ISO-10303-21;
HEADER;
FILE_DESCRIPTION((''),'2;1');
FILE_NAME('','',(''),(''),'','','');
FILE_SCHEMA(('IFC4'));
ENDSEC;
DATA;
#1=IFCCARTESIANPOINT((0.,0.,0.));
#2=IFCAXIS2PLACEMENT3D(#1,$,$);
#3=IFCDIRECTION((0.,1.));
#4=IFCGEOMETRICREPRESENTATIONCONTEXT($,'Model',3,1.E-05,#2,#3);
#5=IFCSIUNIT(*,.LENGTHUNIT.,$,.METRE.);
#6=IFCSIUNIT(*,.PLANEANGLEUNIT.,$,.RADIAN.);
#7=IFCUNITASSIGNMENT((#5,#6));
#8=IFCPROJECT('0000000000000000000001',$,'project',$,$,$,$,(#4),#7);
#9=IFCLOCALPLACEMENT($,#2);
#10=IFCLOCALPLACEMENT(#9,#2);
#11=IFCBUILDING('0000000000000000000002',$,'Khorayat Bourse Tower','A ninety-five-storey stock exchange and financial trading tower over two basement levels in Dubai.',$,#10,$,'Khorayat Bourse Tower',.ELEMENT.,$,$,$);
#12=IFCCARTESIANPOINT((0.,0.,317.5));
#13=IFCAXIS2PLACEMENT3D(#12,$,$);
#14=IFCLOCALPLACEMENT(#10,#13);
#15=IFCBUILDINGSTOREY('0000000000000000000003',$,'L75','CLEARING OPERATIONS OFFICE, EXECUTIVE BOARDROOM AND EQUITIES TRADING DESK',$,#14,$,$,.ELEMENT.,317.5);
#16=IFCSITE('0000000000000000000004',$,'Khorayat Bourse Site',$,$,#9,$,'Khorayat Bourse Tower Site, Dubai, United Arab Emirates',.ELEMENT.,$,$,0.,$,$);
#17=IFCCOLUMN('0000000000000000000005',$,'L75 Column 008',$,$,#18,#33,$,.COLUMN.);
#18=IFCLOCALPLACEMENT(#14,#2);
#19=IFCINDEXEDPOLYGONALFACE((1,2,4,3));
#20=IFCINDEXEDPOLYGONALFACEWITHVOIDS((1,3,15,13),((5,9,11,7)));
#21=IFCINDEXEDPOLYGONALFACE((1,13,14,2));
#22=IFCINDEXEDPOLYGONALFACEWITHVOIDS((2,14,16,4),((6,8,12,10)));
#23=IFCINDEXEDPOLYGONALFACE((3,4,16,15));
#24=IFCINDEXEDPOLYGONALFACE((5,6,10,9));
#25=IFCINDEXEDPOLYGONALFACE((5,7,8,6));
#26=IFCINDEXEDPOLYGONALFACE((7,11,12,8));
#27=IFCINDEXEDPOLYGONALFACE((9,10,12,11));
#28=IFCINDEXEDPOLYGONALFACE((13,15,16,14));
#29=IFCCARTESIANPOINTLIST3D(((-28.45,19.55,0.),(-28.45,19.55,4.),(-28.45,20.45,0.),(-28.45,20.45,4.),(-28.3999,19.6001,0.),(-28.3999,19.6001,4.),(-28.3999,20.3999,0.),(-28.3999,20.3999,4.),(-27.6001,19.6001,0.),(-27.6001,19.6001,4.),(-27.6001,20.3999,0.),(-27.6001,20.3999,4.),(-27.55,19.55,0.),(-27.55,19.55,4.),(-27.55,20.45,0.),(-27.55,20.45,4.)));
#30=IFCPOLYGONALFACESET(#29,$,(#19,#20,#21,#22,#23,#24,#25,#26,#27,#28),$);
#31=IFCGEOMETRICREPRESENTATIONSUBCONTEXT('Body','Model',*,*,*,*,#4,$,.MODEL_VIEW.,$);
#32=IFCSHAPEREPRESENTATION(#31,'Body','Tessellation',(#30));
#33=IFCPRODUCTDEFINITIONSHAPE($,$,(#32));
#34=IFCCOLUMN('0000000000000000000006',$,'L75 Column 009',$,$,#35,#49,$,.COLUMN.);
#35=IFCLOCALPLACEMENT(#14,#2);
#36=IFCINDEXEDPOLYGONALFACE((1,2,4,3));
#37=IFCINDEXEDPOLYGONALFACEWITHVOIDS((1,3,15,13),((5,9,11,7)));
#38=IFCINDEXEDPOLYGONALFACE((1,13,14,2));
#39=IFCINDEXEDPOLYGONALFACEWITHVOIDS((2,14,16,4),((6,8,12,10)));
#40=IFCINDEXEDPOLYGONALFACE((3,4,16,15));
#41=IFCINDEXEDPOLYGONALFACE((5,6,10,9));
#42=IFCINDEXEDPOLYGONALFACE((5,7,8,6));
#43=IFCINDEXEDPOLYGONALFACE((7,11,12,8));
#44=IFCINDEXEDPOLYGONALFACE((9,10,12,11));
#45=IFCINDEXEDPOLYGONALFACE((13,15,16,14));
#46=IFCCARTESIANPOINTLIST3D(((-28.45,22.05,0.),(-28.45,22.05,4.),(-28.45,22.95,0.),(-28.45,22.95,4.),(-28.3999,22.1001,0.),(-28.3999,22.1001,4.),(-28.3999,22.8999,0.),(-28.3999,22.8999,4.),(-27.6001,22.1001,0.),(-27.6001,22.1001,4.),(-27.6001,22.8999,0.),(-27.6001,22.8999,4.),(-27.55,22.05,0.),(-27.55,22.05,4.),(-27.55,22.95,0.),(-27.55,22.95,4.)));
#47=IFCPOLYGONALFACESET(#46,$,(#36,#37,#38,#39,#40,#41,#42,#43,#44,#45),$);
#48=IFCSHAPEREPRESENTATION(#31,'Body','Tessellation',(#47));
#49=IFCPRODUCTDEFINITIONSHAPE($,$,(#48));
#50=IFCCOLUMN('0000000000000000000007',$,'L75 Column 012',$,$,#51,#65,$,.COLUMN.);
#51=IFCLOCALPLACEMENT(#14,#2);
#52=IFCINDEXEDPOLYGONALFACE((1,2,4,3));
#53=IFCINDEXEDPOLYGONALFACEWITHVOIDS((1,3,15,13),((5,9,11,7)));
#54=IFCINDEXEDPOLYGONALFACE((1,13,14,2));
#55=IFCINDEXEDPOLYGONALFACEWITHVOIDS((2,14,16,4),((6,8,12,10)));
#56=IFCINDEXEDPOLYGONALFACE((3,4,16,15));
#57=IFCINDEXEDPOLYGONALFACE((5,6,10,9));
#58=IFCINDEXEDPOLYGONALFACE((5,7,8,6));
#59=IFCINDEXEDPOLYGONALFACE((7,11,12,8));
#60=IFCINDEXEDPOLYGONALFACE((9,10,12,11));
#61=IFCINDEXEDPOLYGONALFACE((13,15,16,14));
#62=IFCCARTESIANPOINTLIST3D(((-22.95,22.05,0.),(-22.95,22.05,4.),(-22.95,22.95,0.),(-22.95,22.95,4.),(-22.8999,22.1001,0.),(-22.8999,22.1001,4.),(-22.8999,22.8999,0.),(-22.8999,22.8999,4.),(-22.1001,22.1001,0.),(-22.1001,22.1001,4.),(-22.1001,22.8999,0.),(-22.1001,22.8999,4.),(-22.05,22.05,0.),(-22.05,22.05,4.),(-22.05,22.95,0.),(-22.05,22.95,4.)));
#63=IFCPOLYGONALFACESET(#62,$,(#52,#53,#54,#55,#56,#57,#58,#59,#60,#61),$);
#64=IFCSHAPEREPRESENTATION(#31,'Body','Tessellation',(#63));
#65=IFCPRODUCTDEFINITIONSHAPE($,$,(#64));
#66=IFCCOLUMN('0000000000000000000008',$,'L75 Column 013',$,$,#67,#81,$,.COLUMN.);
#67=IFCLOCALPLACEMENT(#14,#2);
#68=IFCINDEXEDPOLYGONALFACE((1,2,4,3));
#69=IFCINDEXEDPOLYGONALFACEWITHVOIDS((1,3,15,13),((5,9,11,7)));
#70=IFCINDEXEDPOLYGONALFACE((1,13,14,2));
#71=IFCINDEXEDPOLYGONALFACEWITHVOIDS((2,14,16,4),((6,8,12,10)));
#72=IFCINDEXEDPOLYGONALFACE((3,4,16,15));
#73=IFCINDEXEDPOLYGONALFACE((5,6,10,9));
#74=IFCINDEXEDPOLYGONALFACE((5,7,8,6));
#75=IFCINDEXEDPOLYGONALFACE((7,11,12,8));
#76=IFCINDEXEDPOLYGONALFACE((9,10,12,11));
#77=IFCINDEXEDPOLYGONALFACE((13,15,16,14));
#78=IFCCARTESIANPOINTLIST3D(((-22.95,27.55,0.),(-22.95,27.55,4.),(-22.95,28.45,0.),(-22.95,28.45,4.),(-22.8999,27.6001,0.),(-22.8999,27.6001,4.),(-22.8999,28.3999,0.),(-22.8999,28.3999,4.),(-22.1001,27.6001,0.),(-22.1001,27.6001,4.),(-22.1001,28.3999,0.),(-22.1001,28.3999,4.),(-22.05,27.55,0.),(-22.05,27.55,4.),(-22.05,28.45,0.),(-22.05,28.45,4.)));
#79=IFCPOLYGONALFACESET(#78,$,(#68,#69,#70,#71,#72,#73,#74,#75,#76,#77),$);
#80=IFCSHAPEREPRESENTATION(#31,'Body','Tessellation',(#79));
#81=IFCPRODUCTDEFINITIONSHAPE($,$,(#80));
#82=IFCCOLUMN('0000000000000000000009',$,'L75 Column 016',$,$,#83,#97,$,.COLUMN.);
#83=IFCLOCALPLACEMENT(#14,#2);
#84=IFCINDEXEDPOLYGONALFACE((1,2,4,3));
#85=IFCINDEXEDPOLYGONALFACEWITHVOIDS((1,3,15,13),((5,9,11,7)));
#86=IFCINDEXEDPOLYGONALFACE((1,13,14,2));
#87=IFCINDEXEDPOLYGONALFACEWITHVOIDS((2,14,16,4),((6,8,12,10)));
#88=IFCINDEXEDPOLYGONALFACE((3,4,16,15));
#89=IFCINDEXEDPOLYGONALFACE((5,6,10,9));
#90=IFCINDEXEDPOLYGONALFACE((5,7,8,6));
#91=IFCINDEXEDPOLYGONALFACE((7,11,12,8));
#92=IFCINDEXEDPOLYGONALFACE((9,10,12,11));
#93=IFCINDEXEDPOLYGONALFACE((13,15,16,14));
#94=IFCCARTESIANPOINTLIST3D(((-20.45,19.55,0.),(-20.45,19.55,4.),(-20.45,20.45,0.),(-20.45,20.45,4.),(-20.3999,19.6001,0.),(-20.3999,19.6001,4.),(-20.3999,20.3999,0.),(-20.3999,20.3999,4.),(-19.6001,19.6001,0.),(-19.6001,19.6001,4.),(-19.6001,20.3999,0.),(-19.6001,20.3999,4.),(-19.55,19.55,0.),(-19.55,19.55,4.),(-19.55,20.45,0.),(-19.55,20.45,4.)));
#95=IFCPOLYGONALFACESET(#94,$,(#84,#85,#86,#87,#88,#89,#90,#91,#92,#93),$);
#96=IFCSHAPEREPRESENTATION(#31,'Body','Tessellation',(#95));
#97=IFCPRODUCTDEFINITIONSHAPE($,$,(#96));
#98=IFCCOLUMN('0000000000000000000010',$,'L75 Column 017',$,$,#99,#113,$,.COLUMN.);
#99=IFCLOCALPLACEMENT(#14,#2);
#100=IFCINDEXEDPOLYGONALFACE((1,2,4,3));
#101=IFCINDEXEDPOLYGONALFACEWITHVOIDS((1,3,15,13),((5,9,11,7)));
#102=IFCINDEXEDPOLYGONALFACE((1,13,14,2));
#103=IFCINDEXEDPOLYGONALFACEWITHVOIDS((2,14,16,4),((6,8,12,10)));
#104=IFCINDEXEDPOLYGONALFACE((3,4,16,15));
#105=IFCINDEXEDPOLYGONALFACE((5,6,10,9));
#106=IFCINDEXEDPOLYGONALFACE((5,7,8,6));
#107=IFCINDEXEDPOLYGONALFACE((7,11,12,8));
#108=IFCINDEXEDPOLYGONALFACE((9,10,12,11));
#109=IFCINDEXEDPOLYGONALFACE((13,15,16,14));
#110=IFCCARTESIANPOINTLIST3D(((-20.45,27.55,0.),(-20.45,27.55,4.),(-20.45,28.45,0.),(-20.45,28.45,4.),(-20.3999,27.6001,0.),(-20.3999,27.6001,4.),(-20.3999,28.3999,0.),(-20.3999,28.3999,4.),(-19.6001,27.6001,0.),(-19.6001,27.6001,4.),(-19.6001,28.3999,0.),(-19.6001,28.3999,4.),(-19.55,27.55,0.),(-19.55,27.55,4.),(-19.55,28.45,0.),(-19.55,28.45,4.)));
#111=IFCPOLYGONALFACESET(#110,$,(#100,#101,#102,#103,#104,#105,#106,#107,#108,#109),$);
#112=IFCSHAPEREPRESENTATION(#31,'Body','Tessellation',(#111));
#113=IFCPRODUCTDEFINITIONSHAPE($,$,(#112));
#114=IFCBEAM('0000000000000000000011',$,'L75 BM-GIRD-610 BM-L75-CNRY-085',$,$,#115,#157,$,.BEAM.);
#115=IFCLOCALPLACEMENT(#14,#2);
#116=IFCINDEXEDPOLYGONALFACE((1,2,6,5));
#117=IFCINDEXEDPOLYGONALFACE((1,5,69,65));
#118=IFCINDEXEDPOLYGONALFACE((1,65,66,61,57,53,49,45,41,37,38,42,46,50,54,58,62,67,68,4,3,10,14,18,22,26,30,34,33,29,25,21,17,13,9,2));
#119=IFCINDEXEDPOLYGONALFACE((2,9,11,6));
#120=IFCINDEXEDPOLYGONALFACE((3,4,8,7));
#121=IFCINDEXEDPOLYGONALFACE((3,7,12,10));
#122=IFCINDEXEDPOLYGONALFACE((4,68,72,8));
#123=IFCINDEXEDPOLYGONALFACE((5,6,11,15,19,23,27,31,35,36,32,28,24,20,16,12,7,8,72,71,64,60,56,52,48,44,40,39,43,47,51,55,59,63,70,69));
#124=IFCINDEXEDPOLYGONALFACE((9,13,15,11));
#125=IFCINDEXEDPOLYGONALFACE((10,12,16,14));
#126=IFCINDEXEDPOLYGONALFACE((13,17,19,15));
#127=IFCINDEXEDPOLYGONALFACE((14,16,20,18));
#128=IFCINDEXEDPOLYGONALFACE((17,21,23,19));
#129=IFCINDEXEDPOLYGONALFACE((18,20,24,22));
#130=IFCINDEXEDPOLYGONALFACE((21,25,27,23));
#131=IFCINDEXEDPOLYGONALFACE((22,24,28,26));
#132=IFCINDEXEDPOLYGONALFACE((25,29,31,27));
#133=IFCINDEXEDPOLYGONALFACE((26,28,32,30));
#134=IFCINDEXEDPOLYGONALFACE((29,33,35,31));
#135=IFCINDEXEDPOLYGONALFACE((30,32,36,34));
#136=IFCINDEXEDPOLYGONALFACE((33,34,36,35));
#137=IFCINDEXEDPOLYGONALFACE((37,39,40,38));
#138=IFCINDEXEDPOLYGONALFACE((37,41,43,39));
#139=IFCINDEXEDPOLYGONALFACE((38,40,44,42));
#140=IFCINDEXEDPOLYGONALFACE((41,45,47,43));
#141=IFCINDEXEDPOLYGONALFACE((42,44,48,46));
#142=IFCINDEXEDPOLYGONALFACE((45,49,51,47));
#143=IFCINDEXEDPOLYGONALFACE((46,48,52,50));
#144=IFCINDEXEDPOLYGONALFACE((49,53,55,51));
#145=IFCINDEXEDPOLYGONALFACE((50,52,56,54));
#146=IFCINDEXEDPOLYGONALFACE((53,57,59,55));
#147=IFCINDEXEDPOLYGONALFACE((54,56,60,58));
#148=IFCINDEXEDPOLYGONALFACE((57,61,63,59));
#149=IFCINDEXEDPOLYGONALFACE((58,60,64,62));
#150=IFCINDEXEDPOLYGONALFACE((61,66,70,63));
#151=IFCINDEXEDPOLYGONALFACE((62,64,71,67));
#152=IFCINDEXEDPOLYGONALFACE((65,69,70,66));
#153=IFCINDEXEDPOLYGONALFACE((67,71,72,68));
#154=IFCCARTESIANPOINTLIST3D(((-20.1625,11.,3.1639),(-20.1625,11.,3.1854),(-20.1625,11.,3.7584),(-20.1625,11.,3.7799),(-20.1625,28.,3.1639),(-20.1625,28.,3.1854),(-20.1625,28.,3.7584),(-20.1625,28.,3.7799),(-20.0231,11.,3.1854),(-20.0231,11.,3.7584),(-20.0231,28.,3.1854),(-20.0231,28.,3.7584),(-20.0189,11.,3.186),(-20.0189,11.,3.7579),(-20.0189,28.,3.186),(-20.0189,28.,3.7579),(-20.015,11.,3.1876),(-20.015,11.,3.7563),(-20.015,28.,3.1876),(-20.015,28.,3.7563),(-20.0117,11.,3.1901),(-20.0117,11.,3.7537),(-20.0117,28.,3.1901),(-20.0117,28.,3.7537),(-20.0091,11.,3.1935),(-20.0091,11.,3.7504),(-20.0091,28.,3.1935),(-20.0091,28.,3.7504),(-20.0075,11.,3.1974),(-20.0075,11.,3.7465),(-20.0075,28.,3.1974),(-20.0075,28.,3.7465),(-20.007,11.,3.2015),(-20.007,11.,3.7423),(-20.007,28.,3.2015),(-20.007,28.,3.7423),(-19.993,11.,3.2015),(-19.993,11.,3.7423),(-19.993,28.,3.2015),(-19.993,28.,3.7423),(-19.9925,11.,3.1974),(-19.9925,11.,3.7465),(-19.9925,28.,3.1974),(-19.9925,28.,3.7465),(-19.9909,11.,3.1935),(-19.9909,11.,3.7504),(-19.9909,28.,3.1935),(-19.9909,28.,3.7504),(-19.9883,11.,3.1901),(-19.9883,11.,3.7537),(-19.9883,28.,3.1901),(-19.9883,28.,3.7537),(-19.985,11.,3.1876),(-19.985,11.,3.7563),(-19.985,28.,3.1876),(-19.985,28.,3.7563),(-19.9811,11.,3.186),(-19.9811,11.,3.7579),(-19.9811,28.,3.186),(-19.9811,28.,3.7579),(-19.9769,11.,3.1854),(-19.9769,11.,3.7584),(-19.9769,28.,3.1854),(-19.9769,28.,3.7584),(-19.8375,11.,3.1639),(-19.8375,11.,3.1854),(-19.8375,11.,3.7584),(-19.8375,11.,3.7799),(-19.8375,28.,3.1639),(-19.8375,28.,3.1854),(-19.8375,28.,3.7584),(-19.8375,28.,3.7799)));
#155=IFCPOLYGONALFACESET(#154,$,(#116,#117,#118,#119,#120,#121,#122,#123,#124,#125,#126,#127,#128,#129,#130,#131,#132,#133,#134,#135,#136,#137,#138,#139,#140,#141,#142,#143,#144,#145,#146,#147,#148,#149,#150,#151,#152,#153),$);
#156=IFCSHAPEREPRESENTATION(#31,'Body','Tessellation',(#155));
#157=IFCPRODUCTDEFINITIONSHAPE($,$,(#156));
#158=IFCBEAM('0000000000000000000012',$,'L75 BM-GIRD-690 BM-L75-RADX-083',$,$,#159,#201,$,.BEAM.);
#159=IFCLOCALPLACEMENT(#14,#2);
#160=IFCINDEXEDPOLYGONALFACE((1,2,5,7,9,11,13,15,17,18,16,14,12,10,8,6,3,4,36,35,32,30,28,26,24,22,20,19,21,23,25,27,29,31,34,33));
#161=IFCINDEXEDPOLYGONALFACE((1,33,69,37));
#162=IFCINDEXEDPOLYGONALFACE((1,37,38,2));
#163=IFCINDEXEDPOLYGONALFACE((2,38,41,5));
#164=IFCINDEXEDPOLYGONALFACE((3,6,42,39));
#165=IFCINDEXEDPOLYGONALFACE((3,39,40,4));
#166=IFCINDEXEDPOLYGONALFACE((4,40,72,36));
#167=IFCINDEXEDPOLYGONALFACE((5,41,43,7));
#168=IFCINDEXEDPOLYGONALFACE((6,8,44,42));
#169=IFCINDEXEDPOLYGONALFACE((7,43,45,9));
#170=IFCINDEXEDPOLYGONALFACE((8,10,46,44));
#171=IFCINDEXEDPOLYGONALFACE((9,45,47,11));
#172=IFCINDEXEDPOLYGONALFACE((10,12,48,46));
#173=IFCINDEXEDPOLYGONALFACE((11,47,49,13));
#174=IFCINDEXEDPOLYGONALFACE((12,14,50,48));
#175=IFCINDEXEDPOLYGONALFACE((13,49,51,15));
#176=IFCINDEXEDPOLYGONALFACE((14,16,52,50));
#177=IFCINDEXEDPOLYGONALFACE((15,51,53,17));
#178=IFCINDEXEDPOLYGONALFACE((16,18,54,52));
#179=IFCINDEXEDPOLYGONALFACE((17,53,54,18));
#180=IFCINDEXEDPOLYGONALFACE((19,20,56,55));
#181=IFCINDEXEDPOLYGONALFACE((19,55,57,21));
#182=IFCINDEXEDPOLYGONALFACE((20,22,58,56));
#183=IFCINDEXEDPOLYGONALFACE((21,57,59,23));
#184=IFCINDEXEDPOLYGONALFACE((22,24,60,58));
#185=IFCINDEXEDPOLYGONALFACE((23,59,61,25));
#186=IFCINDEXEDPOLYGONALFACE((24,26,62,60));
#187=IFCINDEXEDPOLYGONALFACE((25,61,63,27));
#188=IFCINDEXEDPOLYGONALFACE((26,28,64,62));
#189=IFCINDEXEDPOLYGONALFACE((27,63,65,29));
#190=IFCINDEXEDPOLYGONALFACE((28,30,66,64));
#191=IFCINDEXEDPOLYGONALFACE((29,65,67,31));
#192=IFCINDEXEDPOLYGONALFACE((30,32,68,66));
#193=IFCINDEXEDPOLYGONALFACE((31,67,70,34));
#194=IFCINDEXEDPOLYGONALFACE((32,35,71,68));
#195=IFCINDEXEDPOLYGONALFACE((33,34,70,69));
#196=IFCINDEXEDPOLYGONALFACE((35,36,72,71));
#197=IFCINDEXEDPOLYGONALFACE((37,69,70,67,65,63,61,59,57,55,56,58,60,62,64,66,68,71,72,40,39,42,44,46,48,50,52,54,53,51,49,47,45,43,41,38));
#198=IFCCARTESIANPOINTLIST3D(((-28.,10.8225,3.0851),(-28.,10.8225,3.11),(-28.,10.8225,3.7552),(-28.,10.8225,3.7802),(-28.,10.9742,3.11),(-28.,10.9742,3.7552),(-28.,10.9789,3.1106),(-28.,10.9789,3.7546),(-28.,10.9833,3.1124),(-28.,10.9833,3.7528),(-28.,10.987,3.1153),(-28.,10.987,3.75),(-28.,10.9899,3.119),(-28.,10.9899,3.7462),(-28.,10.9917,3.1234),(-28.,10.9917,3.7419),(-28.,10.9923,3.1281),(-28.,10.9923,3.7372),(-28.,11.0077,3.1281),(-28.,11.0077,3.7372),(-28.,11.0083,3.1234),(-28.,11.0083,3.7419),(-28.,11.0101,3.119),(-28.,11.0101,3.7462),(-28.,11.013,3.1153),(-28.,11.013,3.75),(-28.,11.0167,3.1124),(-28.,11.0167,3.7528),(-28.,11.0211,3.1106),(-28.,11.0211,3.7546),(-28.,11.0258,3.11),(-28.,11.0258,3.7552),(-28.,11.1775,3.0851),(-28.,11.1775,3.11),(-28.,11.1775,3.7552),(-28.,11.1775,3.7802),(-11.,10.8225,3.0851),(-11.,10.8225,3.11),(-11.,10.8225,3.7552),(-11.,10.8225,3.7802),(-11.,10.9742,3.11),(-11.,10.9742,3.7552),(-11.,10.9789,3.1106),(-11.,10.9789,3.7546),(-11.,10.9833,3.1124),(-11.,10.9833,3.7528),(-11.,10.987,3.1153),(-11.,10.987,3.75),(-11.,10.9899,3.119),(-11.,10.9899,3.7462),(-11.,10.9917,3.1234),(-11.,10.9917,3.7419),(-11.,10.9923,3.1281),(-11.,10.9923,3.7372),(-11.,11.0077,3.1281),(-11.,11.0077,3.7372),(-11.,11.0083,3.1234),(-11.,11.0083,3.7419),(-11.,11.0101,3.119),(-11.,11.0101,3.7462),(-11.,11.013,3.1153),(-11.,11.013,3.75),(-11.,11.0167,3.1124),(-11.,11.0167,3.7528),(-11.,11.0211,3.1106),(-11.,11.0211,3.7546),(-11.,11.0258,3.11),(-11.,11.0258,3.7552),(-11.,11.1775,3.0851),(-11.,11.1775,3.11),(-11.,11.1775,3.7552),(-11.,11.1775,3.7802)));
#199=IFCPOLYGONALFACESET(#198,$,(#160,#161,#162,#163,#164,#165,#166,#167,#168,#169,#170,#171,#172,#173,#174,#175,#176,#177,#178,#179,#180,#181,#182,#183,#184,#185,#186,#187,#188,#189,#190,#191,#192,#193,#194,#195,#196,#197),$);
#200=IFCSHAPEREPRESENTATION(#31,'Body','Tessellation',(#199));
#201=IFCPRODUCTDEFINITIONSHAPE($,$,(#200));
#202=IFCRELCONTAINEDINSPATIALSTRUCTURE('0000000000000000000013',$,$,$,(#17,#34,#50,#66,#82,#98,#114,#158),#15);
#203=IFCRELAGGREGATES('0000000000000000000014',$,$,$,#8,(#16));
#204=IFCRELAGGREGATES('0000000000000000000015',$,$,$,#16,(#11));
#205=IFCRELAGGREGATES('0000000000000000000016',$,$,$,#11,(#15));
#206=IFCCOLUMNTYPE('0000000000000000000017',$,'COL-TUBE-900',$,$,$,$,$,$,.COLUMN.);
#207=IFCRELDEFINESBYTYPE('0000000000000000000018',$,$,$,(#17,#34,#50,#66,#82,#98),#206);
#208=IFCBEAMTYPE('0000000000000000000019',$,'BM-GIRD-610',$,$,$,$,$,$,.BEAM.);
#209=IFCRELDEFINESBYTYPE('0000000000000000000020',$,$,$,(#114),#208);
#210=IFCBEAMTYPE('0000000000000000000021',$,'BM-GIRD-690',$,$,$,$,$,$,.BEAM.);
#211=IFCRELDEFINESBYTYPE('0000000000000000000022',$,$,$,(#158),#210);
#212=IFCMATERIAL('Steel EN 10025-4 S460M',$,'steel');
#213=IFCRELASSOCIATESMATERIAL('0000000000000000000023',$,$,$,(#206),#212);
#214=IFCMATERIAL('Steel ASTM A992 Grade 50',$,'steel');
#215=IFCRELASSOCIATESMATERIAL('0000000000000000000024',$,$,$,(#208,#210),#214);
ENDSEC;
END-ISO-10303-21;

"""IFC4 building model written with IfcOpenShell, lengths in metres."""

from ifc_helpers import new_model, si_unit, direction, frame, origin, origin_2d, place, context, subcontext, project, spatial, hollow_rectangle, i_section, extrude, source, transform, mapped, material, material_profile, profile_set, type_object, element, save


model = new_model("IFC4")

# Units and contexts
model_context = context("Model", 3, precision=1e-05, world=origin(), true_north=direction((0.0, 1.0)))
body_context = subcontext(model_context, "Body", "Model", "MODEL_VIEW")
ifc_project = project(units=[si_unit("LENGTHUNIT", "METRE"), si_unit("PLANEANGLEUNIT", "RADIAN")], contexts=[model_context])

# Site, building, storey
site_placement = place(None, origin())
site = spatial("IfcSite", under=ifc_project, at=site_placement, Name="Khorayat Bourse Site", LongName="Khorayat Bourse Tower Site, Dubai, United Arab Emirates", CompositionType="ELEMENT", RefElevation=0.0)
building_placement = place(site_placement, origin())
building = spatial("IfcBuilding", under=site, at=building_placement, Name="Khorayat Bourse Tower", Description="A ninety-five-storey stock exchange and financial trading tower over two basement levels in Dubai.", LongName="Khorayat Bourse Tower", CompositionType="ELEMENT")
storey_placement = place(building_placement, frame((0.0, 0.0, 317.5)))
storey = spatial("IfcBuildingStorey", under=building, at=storey_placement, Name="L75", Description="CLEARING OPERATIONS OFFICE, EXECUTIVE BOARDROOM AND EQUITIES TRADING DESK", CompositionType="ELEMENT", Elevation=317.5)

# Columns
ifc_material_1 = material(Name="Steel EN 10025-4 S460M", Category="steel")
ifc_material_profile_1 = material_profile(ifc_material_1, hollow_rectangle(XDim=0.8999, YDim=0.8999, WallThickness=0.05, at=origin_2d()), Name="BOX 900x900x50")
ifc_profile_set_1 = profile_set([ifc_material_profile_1], Name="Steel EN 10025-4 S460M")
column_type = type_object("IfcColumnType", Name="COL-TUBE-900", PredefinedType="COLUMN", material=ifc_profile_set_1)
shared_shape_1 = source(origin(), body_context, "Body", "SweptSolid", [
    extrude(hollow_rectangle(XDim=0.8999, YDim=0.8999, WallThickness=0.05, at=origin_2d()), origin(), (0.0, 0.0, 1.0), 4.0),
])
for number, where, z_axis, x_axis, name in (
    (1, (-28.0, 20.0, 0.0), (0.0, 0.0, 1.0), (1.0, 0.0, 0.0), "L75 Column 008"),
    (2, (-28.0, 22.5, 0.0), (0.0, 0.0, 1.0), (1.0, 0.0, 0.0), "L75 Column 009"),
    (3, (-22.5, 22.5, 0.0), (0.0, 0.0, 1.0), (1.0, 0.0, 0.0), "L75 Column 012"),
    (4, (-22.5, 28.0, 0.0), (0.0, 0.0, 1.0), (1.0, 0.0, 0.0), "L75 Column 013"),
    (5, (-20.0, 20.0, 0.0), (0.0, 0.0, 1.0), (1.0, 0.0, 0.0), "L75 Column 016"),
    (6, (-20.0, 28.0, 0.0), (0.0, 0.0, 1.0), (1.0, 0.0, 0.0), "L75 Column 017"),
):
    element("IfcColumn", number, at=place(storey_placement, frame(where, z_axis=z_axis, x_axis=x_axis)), inside=storey, type_object=column_type, Name=name, PredefinedType="COLUMN", context=body_context, shape_type="MappedRepresentation", body=[
        mapped(shared_shape_1, transform((0.0, 0.0, 0.0), scale=1.0)),
    ])

# Beams
ifc_material_2 = material(Name="Steel ASTM A992 Grade 50", Category="steel")
ifc_material_profile_2 = material_profile(ifc_material_2, i_section(OverallWidth=0.325, OverallDepth=0.616, WebThickness=0.0139, FlangeThickness=0.0215, FilletRadius=0.0161, at=origin_2d()), Name="W610X174")
ifc_profile_set_2 = profile_set([ifc_material_profile_2], Name="Steel ASTM A992 Grade 50")
beam_type_1 = type_object("IfcBeamType", Name="BM-GIRD-610", PredefinedType="BEAM", material=ifc_profile_set_2)
shared_shape_2 = source(origin(), body_context, "Body", "SweptSolid", [
    extrude(i_section(OverallWidth=0.325, OverallDepth=0.616, WebThickness=0.0139, FlangeThickness=0.0215, FilletRadius=0.0161, at=origin_2d()), origin(), (0.0, 0.0, 1.0), 17.0),
])
beam_1_placement = place(storey_placement, frame((-20.0, 11.0, 3.4719), z_axis=(0.0, 1.0, 0.0), x_axis=(-1.0, 0.0, 0.0)))
element("IfcBeam", 7, at=beam_1_placement, inside=storey, type_object=beam_type_1, Name="L75 BM-GIRD-610 BM-L75-CNRY-085", PredefinedType="BEAM", context=body_context, shape_type="MappedRepresentation", body=[
    mapped(shared_shape_2, transform((0.0, 0.0, 0.0), scale=1.0)),
])
ifc_material_profile_3 = material_profile(ifc_material_2, i_section(OverallWidth=0.355, OverallDepth=0.6951, WebThickness=0.0154, FlangeThickness=0.0249, FilletRadius=0.0181, at=origin_2d()), Name="W690X217")
ifc_profile_set_3 = profile_set([ifc_material_profile_3], Name="Steel ASTM A992 Grade 50")
beam_type_2 = type_object("IfcBeamType", Name="BM-GIRD-690", PredefinedType="BEAM", material=ifc_profile_set_3)
shared_shape_3 = source(origin(), body_context, "Body", "SweptSolid", [
    extrude(i_section(OverallWidth=0.355, OverallDepth=0.6951, WebThickness=0.0154, FlangeThickness=0.0249, FilletRadius=0.0181, at=origin_2d()), origin(), (0.0, 0.0, 1.0), 17.0),
])
beam_2_placement = place(storey_placement, frame((-28.0, 11.0, 3.4326), z_axis=(1.0, 0.0, 0.0), x_axis=(0.0, 1.0, 0.0)))
element("IfcBeam", 8, at=beam_2_placement, inside=storey, type_object=beam_type_2, Name="L75 BM-GIRD-690 BM-L75-RADX-083", PredefinedType="BEAM", context=body_context, shape_type="MappedRepresentation", body=[
    mapped(shared_shape_3, transform((0.0, 0.0, 0.0), scale=1.0)),
])

save(model, "model.ifc")
